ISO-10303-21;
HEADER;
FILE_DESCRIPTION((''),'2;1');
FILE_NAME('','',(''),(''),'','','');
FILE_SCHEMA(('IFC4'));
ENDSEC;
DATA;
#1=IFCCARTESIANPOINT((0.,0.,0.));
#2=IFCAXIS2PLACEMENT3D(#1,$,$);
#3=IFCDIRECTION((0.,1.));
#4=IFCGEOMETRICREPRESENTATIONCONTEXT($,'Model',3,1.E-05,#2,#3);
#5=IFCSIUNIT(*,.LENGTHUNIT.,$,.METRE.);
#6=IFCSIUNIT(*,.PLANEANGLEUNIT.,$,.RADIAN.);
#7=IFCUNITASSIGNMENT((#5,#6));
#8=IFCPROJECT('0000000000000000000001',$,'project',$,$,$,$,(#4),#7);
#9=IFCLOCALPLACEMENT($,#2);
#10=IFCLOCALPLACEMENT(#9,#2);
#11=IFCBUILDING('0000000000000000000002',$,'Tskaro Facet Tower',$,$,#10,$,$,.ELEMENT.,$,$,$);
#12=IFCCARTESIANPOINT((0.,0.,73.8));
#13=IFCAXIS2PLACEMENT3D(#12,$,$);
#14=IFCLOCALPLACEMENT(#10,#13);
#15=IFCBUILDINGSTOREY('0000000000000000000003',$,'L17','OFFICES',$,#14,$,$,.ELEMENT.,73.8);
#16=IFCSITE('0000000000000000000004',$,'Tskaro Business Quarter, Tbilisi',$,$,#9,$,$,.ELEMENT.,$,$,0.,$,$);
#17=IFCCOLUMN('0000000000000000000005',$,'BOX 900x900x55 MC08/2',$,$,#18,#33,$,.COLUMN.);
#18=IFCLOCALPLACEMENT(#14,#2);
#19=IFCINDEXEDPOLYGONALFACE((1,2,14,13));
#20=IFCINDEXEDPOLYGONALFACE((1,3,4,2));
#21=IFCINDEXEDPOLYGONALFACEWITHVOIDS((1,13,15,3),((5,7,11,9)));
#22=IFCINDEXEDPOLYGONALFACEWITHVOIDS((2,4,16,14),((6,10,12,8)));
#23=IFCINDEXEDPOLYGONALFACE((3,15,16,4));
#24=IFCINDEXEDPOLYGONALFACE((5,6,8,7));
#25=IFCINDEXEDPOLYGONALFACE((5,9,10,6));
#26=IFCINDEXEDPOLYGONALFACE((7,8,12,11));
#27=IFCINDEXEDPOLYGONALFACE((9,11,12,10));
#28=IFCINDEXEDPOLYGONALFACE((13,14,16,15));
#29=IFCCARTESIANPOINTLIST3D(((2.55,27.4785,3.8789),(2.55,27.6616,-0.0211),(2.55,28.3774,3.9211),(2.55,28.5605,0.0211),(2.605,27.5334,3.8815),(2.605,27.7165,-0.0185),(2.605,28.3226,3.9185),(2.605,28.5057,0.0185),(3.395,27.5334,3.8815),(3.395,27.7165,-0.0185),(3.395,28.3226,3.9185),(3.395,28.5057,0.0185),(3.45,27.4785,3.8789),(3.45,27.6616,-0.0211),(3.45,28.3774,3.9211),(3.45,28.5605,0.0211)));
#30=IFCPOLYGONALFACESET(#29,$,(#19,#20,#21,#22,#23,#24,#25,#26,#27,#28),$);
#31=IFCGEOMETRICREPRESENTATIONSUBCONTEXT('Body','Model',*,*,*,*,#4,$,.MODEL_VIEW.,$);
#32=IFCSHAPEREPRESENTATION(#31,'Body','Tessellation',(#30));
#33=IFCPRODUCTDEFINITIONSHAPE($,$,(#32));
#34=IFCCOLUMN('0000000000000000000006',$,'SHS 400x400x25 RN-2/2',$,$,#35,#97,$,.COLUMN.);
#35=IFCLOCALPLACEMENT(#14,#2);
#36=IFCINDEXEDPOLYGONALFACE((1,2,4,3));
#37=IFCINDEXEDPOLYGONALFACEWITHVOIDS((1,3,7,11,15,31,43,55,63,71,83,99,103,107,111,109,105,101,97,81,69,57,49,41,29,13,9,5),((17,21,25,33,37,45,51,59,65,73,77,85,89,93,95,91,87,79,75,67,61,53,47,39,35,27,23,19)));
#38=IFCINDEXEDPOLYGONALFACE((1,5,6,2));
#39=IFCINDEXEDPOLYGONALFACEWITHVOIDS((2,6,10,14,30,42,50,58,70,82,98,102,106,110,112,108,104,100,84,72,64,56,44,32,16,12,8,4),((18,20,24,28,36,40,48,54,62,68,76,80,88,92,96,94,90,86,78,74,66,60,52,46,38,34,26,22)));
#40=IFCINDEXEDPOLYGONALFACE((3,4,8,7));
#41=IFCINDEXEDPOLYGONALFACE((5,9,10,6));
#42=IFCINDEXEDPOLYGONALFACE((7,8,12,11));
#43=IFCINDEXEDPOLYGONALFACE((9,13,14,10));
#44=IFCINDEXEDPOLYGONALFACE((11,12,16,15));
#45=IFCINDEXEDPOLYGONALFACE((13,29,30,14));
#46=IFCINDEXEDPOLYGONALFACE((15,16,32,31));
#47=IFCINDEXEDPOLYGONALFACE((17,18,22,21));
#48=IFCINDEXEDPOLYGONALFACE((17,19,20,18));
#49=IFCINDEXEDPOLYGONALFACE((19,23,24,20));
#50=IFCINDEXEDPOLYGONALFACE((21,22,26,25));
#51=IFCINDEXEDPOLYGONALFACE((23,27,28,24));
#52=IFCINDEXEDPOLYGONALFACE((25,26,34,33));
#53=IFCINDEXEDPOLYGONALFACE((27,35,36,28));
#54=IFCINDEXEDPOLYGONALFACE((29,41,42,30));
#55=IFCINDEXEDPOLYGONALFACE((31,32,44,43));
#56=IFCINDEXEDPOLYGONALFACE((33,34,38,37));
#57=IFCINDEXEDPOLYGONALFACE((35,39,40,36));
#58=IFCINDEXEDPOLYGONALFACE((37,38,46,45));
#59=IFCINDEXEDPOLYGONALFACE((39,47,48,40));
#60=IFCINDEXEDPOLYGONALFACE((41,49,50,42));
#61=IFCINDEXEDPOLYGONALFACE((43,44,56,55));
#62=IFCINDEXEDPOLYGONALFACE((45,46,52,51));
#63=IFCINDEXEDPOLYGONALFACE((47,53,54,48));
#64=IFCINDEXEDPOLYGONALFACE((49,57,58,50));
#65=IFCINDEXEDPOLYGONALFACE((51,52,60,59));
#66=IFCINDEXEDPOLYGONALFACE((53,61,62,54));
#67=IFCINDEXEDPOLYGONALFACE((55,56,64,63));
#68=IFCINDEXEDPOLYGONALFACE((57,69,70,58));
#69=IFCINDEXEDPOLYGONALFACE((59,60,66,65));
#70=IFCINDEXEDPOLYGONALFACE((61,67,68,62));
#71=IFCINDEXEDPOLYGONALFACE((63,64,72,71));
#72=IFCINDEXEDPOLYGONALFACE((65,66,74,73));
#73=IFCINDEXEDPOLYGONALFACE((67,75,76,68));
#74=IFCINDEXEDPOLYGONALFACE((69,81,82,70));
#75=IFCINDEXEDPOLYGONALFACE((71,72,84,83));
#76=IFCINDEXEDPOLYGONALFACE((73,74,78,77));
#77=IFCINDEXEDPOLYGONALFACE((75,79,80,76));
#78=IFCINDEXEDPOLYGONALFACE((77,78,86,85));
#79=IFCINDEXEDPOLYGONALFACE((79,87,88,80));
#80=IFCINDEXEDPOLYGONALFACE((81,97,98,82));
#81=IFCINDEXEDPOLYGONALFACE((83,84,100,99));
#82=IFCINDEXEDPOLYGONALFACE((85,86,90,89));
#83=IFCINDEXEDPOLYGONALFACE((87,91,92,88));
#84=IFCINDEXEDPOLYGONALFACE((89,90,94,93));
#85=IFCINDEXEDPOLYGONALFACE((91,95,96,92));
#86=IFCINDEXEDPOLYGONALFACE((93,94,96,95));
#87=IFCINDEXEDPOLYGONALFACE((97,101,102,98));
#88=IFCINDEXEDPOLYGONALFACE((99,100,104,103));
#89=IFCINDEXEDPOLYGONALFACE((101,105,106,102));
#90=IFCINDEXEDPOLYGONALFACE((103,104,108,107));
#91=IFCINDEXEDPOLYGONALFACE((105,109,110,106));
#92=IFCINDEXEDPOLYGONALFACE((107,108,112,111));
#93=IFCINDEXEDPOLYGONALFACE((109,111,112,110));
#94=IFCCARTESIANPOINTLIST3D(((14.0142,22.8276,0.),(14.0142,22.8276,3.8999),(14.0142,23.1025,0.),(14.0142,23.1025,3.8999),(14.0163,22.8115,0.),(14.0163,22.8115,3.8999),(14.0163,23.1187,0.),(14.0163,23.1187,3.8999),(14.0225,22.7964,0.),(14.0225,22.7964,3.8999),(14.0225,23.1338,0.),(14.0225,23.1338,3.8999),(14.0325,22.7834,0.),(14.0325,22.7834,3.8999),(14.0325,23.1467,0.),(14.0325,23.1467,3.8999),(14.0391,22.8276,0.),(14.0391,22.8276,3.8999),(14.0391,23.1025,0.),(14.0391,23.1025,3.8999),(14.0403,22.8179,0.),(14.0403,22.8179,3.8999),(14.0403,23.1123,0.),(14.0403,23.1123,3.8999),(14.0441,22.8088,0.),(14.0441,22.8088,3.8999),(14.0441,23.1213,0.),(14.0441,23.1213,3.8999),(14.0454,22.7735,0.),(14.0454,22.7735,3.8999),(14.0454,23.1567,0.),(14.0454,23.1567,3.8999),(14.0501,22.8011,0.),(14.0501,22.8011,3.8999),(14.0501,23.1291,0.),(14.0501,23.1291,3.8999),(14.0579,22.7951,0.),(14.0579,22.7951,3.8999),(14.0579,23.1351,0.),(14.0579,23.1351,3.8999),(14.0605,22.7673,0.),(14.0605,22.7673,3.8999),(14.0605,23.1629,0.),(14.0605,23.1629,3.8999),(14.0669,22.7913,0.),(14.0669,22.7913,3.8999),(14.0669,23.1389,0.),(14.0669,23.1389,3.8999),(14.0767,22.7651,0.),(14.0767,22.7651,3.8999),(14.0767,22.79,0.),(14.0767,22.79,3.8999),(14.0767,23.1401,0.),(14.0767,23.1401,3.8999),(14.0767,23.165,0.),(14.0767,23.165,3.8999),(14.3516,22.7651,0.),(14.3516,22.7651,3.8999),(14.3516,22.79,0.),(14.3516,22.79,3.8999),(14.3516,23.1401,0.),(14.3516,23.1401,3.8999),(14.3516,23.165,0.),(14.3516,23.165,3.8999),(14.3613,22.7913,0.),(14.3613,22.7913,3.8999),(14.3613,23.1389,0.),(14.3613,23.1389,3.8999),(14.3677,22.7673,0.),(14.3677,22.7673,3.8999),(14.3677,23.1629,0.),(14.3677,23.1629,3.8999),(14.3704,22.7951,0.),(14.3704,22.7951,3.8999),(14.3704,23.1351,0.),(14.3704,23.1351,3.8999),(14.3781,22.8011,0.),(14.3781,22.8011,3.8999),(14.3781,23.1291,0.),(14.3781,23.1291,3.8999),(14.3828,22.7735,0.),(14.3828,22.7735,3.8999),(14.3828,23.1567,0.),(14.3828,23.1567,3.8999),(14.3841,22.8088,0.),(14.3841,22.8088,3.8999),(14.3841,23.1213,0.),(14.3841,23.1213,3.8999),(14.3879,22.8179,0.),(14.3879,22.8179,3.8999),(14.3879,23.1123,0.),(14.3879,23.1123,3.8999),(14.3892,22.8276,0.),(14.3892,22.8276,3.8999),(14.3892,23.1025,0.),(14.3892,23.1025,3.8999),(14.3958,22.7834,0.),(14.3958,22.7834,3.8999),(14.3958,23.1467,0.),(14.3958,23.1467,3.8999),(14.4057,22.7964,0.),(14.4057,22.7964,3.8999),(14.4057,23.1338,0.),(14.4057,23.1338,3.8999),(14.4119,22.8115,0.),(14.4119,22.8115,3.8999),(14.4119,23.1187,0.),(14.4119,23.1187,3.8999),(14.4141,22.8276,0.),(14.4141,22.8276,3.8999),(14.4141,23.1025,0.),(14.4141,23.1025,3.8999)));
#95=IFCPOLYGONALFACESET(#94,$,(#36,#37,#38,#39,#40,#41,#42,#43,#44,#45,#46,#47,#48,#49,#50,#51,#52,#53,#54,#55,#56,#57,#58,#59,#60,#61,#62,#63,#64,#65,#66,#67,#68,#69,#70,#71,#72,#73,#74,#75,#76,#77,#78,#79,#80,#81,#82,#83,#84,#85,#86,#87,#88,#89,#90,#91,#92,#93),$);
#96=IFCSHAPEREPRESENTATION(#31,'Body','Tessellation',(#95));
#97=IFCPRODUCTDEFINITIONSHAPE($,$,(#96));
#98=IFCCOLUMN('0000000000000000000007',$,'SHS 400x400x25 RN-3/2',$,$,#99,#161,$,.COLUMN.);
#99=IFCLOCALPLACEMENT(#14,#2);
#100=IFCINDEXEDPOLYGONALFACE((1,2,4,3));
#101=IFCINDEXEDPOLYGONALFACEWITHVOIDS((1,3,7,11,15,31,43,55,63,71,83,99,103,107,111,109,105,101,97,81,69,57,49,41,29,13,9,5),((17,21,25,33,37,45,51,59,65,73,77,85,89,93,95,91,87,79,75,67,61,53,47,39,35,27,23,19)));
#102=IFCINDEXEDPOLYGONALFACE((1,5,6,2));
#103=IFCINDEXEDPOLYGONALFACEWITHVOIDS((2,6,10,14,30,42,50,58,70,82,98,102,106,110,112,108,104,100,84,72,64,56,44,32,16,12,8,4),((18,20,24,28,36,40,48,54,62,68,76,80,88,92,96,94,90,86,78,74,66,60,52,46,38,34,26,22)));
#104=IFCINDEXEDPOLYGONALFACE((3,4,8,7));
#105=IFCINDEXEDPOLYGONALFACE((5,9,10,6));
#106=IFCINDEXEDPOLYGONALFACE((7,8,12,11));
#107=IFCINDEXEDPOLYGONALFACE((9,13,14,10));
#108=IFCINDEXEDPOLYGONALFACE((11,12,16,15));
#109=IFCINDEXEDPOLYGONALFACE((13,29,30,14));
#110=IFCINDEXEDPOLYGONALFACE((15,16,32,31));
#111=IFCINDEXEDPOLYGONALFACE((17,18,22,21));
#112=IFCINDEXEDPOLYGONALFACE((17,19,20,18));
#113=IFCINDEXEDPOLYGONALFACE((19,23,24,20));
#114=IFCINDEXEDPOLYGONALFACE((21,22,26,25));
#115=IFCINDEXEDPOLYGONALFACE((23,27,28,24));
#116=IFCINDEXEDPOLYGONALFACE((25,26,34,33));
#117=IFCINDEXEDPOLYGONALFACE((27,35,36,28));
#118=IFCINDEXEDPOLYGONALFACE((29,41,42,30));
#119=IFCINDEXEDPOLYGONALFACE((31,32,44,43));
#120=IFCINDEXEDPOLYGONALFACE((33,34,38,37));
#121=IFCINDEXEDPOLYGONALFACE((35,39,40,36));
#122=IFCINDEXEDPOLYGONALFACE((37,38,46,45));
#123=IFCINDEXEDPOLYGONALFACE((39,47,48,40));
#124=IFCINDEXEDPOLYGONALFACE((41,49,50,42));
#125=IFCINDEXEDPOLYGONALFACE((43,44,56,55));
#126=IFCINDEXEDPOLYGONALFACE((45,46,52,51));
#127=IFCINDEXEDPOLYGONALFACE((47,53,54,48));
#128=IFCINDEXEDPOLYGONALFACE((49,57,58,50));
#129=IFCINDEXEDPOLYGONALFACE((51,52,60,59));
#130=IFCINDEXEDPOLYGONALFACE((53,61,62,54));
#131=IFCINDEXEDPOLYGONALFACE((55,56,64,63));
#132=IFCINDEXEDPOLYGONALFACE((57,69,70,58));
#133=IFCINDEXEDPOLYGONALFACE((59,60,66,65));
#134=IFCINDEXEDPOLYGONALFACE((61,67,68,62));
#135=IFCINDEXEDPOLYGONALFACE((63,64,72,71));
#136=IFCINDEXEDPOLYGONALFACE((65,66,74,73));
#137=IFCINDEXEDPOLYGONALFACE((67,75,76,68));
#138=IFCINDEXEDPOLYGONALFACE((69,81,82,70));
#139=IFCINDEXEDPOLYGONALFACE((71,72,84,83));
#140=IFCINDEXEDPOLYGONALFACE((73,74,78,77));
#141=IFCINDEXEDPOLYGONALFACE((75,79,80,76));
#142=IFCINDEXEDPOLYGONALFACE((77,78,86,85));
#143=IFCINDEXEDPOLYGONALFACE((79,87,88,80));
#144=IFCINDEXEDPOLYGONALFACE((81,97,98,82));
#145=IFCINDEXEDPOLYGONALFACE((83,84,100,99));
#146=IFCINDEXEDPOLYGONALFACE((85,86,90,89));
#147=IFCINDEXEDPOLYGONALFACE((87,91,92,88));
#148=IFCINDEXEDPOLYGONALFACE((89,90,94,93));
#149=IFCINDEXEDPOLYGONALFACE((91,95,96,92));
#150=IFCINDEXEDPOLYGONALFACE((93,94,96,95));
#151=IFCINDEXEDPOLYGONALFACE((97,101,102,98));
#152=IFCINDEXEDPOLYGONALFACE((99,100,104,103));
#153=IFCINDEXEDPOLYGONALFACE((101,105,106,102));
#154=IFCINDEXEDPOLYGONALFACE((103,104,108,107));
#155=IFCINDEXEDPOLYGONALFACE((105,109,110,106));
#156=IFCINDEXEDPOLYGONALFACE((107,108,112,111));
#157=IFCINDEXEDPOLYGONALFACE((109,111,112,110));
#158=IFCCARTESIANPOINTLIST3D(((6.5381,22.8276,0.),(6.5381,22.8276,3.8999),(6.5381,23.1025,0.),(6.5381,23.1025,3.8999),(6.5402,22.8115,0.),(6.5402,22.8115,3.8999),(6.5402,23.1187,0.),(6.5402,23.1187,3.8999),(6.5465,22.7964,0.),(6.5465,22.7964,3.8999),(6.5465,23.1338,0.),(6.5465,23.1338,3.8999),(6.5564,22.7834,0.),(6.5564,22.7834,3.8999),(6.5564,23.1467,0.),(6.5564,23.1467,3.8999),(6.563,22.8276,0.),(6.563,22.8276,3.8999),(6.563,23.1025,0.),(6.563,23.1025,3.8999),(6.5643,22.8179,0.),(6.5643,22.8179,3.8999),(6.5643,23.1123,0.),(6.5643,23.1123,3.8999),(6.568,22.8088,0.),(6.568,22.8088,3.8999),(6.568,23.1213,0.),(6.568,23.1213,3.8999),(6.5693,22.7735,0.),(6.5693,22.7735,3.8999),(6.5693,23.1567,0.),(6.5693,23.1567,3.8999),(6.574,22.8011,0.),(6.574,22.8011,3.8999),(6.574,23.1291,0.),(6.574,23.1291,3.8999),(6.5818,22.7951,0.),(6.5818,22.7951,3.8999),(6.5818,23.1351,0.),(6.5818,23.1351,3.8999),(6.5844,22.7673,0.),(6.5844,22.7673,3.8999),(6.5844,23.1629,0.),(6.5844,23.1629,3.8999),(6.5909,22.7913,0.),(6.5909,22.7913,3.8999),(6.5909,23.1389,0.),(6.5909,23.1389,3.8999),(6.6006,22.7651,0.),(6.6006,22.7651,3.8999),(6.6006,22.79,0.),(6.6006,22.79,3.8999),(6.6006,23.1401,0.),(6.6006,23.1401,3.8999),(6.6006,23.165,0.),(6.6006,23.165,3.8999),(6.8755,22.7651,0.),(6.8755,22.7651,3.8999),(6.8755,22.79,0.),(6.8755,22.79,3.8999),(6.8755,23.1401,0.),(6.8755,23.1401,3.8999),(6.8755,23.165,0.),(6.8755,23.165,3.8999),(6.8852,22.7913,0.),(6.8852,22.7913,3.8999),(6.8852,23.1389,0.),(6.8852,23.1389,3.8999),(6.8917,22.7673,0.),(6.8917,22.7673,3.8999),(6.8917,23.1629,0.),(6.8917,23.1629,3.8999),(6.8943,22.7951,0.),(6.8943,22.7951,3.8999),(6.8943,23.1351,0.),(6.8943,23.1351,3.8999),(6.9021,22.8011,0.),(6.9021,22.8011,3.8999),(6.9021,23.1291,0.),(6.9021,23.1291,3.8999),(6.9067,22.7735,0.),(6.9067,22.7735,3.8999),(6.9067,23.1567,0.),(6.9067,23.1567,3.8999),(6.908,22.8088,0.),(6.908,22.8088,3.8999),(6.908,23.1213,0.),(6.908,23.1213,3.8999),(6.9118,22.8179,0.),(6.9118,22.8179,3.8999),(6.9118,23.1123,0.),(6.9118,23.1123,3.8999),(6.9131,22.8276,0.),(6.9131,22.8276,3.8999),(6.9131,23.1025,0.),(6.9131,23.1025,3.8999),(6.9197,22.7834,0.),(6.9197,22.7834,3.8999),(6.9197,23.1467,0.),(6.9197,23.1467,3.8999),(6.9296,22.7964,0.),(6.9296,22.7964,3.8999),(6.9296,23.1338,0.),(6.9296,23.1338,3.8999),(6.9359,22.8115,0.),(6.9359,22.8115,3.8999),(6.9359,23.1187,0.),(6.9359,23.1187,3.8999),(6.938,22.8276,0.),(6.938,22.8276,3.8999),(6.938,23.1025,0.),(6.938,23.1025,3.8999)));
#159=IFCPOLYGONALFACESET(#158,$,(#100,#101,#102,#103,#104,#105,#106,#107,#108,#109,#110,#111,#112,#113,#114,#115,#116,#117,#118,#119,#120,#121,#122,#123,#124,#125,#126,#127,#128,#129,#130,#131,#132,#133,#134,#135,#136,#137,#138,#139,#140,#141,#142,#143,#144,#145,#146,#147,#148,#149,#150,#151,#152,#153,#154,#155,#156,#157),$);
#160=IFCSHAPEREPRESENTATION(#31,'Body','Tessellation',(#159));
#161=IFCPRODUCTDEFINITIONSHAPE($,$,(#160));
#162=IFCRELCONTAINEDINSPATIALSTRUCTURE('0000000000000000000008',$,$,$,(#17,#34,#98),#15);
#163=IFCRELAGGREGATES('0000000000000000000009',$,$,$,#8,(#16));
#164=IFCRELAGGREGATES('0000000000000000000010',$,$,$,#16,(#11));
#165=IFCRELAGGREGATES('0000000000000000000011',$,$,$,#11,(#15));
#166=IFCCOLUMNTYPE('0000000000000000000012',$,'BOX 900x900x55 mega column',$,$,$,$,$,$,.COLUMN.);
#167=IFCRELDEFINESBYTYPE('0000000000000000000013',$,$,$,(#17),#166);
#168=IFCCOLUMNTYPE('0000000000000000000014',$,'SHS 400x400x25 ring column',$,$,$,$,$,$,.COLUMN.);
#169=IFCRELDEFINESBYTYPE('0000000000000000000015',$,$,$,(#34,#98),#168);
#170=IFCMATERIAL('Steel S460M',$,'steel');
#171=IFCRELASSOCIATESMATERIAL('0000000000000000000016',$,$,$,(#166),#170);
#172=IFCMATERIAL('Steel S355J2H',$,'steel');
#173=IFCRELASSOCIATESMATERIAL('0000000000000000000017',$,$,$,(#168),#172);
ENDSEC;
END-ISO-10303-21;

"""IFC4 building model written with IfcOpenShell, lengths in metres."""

from ifc_helpers import new_model, si_unit, direction, frame, origin, origin_2d, place, context, subcontext, project, spatial, hollow_rectangle, extrude, material, material_profile, profile_set, type_object, element, save


model = new_model("IFC4")

# Units and contexts
model_context = context("Model", 3, precision=1e-05, world=origin(), true_north=direction((0.0, 1.0)))
body_context = subcontext(model_context, "Body", "Model", "MODEL_VIEW")
ifc_project = project(units=[si_unit("LENGTHUNIT", "METRE"), si_unit("PLANEANGLEUNIT", "RADIAN")], contexts=[model_context])

# Site, building, storey
site_placement = place(None, origin())
site = spatial("IfcSite", under=ifc_project, at=site_placement, Name="Tskaro Business Quarter, Tbilisi", CompositionType="ELEMENT", RefElevation=0.0)
building_placement = place(site_placement, origin())
building = spatial("IfcBuilding", under=site, at=building_placement, Name="Tskaro Facet Tower", CompositionType="ELEMENT")
storey_placement = place(building_placement, frame((0.0, 0.0, 73.8)))
storey = spatial("IfcBuildingStorey", under=building, at=storey_placement, Name="L17", Description="OFFICES", CompositionType="ELEMENT", Elevation=73.8)

# Columns
ifc_material_1 = material(Name="Steel S460M", Category="steel")
ifc_material_profile_1 = material_profile(ifc_material_1, hollow_rectangle(XDim=0.8999, YDim=0.8999, WallThickness=0.0549, at=origin_2d()), Name="BOX 900x900x55")
ifc_profile_set_1 = profile_set([ifc_material_profile_1], Name="Steel S460M")
column_type_1 = type_object("IfcColumnType", Name="BOX 900x900x55 mega column", PredefinedType="COLUMN", material=ifc_profile_set_1)
column_placement = place(storey_placement, frame((3.0, 28.1111, 0.0), z_axis=(0.0, -0.0469, 0.9989), x_axis=(1.0, 0.0, 0.0)))
element("IfcColumn", 1, at=column_placement, inside=storey, type_object=column_type_1, Name="BOX 900x900x55 MC08/2", PredefinedType="COLUMN", context=body_context, shape_type="SweptSolid", body=[
    extrude(hollow_rectangle(XDim=0.8999, YDim=0.8999, WallThickness=0.0549, at=origin_2d()), origin(), (0.0, 0.0, 1.0), 3.9043),
])
ifc_material_2 = material(Name="Steel S355J2H", Category="steel")
ifc_material_profile_2 = material_profile(ifc_material_2, hollow_rectangle(XDim=0.3999, YDim=0.3999, WallThickness=0.0249, InnerFilletRadius=0.0376, OuterFilletRadius=0.0625, at=origin_2d()), Name="SHS 400x400x25")
ifc_profile_set_2 = profile_set([ifc_material_profile_2], Name="Steel S355J2H")
column_type_2 = type_object("IfcColumnType", Name="SHS 400x400x25 ring column", PredefinedType="COLUMN", material=ifc_profile_set_2)
for number, where, z_axis, x_axis, name in (
    (2, (14.2141, 22.9651, 0.0), (0.0, 0.0, 1.0), (1.0, 0.0, 0.0), "SHS 400x400x25 RN-2/2"),
    (3, (6.738, 22.9651, 0.0), (0.0, 0.0, 1.0), (1.0, 0.0, 0.0), "SHS 400x400x25 RN-3/2"),
):
    element("IfcColumn", number, at=place(storey_placement, frame(where, z_axis=z_axis, x_axis=x_axis)), inside=storey, type_object=column_type_2, Name=name, PredefinedType="COLUMN", context=body_context, shape_type="SweptSolid", body=[
        extrude(hollow_rectangle(XDim=0.3999, YDim=0.3999, WallThickness=0.0249, InnerFilletRadius=0.0376, OuterFilletRadius=0.0625, at=origin_2d()), origin(), (0.0, 0.0, 1.0), 3.8999),
    ])

save(model, "model.ifc")
